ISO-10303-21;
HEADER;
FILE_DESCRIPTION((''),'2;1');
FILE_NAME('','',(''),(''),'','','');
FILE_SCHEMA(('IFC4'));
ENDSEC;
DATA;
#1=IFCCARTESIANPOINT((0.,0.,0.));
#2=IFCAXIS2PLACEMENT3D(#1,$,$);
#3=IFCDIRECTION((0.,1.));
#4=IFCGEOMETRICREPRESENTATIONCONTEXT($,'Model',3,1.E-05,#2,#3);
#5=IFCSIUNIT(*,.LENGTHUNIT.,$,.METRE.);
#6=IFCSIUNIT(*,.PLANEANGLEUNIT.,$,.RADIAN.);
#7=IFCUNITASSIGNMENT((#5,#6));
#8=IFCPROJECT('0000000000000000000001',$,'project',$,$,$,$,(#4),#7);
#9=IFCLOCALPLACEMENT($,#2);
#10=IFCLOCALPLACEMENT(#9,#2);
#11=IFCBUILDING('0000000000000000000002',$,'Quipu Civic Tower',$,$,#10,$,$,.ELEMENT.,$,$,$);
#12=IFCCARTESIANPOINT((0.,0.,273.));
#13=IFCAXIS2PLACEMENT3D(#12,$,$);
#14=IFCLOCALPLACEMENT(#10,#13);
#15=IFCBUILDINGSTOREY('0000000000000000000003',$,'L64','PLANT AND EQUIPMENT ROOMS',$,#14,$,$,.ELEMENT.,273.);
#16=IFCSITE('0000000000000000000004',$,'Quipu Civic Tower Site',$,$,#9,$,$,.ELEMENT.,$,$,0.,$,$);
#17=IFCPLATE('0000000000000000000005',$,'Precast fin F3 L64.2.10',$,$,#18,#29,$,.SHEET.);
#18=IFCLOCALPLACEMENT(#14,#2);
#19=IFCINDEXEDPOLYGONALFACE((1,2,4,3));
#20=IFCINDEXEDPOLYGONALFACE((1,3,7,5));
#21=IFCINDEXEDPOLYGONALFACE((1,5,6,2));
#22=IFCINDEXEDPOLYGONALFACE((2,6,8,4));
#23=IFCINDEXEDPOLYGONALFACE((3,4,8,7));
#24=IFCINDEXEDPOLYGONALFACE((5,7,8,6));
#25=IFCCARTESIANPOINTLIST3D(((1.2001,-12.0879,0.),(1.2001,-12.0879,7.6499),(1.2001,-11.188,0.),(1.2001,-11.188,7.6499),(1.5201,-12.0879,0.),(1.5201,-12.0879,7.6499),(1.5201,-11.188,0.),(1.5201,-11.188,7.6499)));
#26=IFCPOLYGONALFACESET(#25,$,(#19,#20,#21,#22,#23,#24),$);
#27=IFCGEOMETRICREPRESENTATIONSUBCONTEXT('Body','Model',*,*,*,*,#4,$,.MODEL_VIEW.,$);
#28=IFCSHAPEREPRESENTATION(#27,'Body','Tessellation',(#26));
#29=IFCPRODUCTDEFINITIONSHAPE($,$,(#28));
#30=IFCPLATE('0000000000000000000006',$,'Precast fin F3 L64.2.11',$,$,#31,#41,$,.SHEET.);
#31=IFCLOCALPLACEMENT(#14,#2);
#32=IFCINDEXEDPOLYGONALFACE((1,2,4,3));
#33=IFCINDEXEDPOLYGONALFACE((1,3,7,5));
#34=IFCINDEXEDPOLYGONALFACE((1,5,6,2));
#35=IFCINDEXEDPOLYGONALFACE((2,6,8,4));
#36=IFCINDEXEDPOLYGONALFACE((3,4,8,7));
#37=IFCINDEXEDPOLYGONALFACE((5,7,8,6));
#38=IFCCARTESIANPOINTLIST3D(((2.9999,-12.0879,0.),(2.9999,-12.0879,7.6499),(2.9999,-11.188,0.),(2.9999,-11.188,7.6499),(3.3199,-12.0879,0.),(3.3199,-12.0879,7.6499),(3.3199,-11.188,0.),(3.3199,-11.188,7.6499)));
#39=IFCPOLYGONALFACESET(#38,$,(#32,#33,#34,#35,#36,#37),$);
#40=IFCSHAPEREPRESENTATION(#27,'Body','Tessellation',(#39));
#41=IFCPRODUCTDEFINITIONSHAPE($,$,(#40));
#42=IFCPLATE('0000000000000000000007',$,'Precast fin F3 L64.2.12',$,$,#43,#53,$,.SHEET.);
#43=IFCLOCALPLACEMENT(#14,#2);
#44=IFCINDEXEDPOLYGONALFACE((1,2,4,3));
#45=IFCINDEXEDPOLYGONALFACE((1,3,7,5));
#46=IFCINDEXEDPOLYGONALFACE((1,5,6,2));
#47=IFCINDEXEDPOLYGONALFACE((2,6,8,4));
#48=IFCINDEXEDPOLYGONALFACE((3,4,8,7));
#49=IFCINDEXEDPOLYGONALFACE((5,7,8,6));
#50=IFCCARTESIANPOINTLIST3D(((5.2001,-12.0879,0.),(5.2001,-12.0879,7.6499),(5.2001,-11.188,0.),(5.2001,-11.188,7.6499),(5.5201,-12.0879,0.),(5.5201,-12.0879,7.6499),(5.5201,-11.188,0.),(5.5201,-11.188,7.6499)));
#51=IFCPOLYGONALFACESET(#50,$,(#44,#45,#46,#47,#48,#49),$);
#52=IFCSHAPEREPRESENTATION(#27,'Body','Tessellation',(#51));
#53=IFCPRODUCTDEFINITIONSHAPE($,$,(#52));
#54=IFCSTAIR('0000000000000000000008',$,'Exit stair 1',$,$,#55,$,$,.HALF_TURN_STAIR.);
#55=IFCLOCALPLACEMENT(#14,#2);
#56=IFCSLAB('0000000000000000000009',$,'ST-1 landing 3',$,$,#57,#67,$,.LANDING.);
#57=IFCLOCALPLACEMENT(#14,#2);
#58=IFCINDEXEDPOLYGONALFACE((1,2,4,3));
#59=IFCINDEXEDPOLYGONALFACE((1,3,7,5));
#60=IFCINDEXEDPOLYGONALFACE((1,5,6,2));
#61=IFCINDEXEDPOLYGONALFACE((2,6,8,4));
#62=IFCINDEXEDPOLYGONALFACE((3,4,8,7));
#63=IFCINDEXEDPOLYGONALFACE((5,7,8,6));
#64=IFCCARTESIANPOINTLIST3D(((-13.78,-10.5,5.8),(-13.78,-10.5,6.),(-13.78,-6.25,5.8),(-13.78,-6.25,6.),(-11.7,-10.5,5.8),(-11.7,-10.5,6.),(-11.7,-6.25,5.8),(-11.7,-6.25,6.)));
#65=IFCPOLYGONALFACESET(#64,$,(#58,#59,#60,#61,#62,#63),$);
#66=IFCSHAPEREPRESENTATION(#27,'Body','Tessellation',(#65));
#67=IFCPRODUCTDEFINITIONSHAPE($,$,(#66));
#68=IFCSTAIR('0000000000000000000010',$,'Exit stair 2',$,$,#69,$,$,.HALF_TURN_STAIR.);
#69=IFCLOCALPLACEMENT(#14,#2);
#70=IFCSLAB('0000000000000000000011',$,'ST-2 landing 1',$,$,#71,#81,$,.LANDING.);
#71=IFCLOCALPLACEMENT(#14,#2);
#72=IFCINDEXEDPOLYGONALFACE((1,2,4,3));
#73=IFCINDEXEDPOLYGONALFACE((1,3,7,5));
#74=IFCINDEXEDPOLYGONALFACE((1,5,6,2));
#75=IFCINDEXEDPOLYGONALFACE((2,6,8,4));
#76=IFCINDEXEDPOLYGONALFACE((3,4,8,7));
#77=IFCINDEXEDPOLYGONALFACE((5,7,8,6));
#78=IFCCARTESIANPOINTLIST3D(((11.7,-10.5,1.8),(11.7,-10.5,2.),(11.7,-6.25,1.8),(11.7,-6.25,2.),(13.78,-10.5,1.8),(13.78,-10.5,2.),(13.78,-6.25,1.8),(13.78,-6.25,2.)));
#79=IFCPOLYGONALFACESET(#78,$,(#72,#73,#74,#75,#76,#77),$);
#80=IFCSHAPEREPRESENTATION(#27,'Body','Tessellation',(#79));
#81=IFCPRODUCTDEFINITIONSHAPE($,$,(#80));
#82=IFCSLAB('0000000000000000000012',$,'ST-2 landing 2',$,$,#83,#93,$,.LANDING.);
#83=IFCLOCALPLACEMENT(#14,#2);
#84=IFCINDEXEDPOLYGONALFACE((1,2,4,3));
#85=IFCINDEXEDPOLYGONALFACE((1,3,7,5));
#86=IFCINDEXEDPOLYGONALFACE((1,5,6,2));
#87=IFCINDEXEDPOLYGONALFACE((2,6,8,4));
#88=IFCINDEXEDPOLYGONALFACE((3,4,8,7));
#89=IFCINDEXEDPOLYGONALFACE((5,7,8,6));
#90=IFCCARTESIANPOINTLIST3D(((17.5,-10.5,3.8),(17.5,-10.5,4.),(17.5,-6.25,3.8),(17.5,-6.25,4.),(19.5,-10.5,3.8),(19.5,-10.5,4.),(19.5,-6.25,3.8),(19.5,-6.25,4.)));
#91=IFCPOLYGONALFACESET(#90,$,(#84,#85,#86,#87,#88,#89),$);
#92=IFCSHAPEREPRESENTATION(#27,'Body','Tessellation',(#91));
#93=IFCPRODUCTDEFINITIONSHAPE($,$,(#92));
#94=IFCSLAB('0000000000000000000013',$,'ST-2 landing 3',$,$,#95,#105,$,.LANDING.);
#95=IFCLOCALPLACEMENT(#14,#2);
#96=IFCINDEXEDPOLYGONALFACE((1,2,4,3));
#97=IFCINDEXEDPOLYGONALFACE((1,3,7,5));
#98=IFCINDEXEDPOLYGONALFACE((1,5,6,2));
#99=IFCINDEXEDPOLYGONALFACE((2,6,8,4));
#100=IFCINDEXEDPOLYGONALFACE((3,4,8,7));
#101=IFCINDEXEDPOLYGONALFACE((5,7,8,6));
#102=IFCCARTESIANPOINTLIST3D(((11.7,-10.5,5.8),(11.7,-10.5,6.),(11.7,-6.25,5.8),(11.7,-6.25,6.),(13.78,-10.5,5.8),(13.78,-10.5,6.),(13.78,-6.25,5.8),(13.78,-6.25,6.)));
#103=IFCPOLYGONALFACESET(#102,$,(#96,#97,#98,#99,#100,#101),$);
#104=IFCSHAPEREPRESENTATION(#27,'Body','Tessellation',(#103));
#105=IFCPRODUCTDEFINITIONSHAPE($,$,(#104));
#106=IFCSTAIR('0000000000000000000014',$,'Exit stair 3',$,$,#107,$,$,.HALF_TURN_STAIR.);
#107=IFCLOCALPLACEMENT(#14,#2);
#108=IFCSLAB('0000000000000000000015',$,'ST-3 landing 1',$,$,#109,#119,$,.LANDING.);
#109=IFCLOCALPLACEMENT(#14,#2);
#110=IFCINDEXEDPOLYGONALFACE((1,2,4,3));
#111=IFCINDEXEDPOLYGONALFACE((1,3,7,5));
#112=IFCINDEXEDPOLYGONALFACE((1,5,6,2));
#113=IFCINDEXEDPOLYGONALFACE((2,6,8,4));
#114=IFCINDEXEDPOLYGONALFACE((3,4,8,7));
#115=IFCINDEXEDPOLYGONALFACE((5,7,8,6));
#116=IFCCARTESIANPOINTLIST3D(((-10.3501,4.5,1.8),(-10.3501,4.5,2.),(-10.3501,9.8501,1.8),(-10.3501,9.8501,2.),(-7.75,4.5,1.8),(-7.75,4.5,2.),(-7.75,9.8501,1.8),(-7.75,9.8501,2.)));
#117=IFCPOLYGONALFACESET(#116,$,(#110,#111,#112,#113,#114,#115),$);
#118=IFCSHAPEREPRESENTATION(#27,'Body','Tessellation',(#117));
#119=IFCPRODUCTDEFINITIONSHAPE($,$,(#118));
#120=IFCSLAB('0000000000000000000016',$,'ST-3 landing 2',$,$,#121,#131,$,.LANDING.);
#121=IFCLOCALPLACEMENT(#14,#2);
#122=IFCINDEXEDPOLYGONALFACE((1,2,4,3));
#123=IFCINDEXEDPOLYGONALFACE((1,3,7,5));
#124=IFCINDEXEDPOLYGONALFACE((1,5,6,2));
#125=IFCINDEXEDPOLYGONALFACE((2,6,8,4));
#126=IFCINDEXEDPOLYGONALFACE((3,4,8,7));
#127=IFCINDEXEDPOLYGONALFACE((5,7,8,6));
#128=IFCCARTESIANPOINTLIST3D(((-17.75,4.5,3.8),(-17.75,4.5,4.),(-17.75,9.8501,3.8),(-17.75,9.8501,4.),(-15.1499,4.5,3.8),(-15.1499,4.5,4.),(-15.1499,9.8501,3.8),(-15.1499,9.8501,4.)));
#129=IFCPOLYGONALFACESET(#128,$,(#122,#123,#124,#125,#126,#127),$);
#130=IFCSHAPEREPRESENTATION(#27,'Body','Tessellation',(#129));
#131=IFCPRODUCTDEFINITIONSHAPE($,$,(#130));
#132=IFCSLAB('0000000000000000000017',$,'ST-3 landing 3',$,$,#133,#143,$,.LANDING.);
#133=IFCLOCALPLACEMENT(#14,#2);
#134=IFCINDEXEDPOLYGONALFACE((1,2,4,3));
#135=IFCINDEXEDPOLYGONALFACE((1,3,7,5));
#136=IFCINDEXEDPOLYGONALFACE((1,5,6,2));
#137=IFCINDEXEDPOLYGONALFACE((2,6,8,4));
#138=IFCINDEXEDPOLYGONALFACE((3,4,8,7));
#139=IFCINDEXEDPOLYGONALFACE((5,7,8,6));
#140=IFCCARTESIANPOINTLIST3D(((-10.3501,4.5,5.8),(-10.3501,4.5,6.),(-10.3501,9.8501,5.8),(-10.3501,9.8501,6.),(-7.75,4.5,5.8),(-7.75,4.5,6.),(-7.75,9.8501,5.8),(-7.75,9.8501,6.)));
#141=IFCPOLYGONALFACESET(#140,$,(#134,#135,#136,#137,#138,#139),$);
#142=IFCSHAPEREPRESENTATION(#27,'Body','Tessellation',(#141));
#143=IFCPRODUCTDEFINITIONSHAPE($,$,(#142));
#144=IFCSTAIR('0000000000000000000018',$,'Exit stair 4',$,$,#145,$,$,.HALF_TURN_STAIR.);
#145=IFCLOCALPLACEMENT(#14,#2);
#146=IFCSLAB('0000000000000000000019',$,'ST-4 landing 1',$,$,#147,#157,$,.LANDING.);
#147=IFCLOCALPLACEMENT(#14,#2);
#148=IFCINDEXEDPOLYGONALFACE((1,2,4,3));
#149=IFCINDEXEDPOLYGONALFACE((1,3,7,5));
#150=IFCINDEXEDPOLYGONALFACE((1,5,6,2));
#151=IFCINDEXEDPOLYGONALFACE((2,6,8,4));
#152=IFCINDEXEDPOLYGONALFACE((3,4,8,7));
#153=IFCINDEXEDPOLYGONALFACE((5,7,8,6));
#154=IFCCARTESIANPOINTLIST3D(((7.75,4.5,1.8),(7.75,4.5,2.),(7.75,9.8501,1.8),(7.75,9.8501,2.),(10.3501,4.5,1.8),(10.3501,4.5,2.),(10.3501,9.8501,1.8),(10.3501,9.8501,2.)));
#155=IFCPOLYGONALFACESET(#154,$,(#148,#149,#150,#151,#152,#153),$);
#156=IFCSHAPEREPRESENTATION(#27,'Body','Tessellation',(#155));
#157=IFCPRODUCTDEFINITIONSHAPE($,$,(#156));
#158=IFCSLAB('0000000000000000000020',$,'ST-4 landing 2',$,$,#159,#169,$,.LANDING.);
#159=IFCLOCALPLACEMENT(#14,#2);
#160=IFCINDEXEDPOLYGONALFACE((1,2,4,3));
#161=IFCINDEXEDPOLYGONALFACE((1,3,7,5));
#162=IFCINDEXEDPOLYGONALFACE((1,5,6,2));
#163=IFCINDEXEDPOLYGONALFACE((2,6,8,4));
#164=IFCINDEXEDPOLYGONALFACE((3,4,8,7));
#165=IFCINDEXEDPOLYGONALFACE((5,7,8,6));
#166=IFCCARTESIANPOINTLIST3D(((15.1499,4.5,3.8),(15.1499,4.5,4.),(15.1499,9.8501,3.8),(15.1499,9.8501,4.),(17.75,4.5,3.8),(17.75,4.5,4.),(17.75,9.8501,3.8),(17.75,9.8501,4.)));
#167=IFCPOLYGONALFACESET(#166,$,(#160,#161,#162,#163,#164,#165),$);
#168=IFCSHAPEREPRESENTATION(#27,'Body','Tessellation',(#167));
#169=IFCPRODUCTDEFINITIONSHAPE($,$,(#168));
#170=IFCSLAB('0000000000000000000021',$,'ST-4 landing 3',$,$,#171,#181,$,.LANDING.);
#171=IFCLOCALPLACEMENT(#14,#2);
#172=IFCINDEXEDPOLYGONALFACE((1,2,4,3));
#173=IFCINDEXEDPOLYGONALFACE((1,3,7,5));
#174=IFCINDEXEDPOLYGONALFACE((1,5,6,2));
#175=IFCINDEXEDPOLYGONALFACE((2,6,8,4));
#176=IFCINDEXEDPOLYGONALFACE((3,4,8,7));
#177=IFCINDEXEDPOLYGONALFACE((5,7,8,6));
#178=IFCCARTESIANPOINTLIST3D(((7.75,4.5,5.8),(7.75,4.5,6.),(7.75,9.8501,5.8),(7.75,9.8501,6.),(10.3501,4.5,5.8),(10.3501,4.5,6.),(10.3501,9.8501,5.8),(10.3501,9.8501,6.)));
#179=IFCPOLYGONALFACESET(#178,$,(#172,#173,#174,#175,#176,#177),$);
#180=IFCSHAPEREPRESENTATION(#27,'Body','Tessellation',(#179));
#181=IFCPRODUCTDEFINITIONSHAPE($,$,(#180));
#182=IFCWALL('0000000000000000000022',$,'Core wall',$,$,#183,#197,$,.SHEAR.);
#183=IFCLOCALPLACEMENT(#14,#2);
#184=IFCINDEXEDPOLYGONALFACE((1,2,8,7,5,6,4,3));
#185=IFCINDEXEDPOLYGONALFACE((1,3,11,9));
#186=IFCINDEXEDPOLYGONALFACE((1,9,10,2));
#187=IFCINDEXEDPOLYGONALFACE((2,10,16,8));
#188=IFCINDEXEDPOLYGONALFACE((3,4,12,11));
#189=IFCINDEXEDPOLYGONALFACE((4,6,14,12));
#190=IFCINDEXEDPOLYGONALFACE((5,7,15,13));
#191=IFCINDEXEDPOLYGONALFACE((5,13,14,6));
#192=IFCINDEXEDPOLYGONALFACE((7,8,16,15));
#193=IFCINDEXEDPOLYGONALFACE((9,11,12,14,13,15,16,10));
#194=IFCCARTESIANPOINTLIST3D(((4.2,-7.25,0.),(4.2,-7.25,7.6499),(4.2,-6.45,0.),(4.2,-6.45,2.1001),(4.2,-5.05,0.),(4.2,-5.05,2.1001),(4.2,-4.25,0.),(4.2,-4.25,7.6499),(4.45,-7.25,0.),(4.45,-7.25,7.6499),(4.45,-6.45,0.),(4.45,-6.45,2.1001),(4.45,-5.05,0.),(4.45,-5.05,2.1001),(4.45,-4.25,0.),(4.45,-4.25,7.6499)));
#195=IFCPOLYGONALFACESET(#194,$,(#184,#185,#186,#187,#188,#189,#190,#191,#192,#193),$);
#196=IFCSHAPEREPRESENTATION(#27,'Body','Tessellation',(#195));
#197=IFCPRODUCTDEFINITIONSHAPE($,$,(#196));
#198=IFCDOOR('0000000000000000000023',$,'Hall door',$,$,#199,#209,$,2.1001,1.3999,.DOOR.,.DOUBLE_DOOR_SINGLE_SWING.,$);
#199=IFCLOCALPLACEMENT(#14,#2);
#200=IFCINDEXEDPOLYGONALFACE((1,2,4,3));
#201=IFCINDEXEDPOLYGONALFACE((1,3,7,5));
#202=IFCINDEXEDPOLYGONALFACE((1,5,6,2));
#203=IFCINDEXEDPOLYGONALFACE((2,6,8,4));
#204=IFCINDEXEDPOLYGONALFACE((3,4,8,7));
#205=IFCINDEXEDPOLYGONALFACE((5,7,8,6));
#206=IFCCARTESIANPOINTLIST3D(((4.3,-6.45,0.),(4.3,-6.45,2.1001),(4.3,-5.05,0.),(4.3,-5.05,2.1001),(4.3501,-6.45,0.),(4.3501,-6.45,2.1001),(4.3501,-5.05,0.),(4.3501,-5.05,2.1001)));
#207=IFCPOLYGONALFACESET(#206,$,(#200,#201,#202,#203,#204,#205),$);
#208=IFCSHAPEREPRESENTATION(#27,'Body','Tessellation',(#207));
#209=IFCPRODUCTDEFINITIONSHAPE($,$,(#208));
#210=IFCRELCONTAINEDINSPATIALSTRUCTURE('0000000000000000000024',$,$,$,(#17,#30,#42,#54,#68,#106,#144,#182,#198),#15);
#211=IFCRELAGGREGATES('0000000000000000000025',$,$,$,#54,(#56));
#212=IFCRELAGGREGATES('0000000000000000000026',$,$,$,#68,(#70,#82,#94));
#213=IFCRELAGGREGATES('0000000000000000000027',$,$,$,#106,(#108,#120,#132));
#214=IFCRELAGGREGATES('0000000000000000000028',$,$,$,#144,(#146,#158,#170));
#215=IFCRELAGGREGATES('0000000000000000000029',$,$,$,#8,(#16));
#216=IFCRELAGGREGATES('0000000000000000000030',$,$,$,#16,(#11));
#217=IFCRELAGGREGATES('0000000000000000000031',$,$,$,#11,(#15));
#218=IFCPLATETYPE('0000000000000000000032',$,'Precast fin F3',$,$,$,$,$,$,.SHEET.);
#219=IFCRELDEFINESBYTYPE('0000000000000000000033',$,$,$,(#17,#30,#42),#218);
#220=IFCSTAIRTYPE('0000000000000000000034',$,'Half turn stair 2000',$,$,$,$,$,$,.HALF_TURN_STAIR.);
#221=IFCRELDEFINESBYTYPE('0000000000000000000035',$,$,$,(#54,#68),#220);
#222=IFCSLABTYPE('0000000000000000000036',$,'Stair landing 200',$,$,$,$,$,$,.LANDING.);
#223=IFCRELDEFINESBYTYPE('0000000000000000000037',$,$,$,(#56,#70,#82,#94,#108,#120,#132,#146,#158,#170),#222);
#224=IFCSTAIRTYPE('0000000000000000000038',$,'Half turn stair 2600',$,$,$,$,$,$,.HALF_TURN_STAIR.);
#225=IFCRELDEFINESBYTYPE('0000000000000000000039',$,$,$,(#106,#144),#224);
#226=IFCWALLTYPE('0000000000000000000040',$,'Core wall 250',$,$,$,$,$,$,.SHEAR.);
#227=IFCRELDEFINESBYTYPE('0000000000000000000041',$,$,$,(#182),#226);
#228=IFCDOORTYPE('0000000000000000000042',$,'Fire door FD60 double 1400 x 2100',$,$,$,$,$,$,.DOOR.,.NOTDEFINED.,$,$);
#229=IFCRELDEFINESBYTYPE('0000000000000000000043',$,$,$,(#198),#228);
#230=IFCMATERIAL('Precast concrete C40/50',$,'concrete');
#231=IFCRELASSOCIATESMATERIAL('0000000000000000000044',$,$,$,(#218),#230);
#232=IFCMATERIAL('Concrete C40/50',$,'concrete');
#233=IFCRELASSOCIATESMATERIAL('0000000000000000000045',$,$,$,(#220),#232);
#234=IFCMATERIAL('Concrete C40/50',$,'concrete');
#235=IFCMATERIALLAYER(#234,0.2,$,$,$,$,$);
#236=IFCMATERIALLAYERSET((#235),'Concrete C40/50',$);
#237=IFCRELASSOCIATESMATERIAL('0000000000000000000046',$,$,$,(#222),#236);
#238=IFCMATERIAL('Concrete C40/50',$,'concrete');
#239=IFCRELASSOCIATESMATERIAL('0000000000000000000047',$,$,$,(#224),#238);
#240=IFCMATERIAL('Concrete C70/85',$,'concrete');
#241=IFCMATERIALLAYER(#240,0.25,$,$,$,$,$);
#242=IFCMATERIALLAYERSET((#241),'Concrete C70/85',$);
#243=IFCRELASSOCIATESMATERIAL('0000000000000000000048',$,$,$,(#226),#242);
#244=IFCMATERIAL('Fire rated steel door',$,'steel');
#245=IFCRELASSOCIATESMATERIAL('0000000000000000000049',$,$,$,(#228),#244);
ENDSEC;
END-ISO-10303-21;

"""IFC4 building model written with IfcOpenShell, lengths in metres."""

from ifc_helpers import new_model, si_unit, direction, frame, frame_2d, origin, origin_2d, place, context, subcontext, project, spatial, polyline, rectangle, outline, extrude, material, layer, layer_set, type_object, element, fill, aggregate, save


model = new_model("IFC4")

# Units and contexts
model_context = context("Model", 3, precision=1e-05, world=origin(), true_north=direction((0.0, 1.0)))
body_context = subcontext(model_context, "Body", "Model", "MODEL_VIEW")
ifc_project = project(units=[si_unit("LENGTHUNIT", "METRE"), si_unit("PLANEANGLEUNIT", "RADIAN")], contexts=[model_context])

# Site, building, storey
site_placement = place(None, origin())
site = spatial("IfcSite", under=ifc_project, at=site_placement, Name="Quipu Civic Tower Site", CompositionType="ELEMENT", RefElevation=0.0)
building_placement = place(site_placement, origin())
building = spatial("IfcBuilding", under=site, at=building_placement, Name="Quipu Civic Tower", CompositionType="ELEMENT")
storey_placement = place(building_placement, frame((0.0, 0.0, 273.0)))
storey = spatial("IfcBuildingStorey", under=building, at=storey_placement, Name="L64", Description="PLANT AND EQUIPMENT ROOMS", CompositionType="ELEMENT", Elevation=273.0)

# Plates
ifc_material_1 = material(Name="Precast concrete C40/50", Category="concrete")
plate_type = type_object("IfcPlateType", Name="Precast fin F3", PredefinedType="SHEET", material=ifc_material_1)
for number, where, z_axis, x_axis, name in (
    (1, (1.3601, -11.6379, 0.0), (0.0, 0.0, 1.0), (1.0, 0.0, 0.0), "Precast fin F3 L64.2.10"),
    (2, (3.1599, -11.6379, 0.0), (0.0, 0.0, 1.0), (1.0, 0.0, 0.0), "Precast fin F3 L64.2.11"),
    (3, (5.3601, -11.6379, 0.0), (0.0, 0.0, 1.0), (1.0, 0.0, 0.0), "Precast fin F3 L64.2.12"),
):
    element("IfcPlate", number, at=place(storey_placement, frame(where, z_axis=z_axis, x_axis=x_axis)), inside=storey, type_object=plate_type, Name=name, PredefinedType="SHEET", context=body_context, shape_type="SweptSolid", body=[
        extrude(rectangle(XDim=0.3201, YDim=0.8999, at=origin_2d()), origin(), (0.0, 0.0, 1.0), 7.6499),
    ])

# Stair, slab
ifc_material_2 = material(Name="Concrete C40/50", Category="concrete")
stair_type_1 = type_object("IfcStairType", Name="Half turn stair 2000", PredefinedType="HALF_TURN_STAIR", material=ifc_material_2)
stair_1_placement = place(storey_placement, origin())
stair_1 = element("IfcStair", 4, at=stair_1_placement, inside=storey, type_object=stair_type_1, Name="Exit stair 1", PredefinedType="HALF_TURN_STAIR")
ifc_material_3 = material(Name="Concrete C40/50", Category="concrete")
ifc_layer_1 = layer(ifc_material_3, 0.2)
ifc_layer_set_1 = layer_set([ifc_layer_1], Name="Concrete C40/50")
slab_type = type_object("IfcSlabType", Name="Stair landing 200", PredefinedType="LANDING", material=ifc_layer_set_1)
slab_1_placement = place(storey_placement, frame((0.0, 0.0, 5.8)))
slab_1 = element("IfcSlab", 5, at=slab_1_placement, type_object=slab_type, Name="ST-1 landing 3", PredefinedType="LANDING", context=body_context, shape_type="SweptSolid", body=[
    extrude(outline(polyline([(-13.78, -10.5), (-11.7, -10.5), (-11.7, -6.25), (-13.78, -6.25), (-13.78, -10.5)])), origin(), (0.0, 0.0, 1.0), 0.2),
])
aggregate(stair_1, [slab_1])

# Stairs, slabs
stair_2_placement = place(storey_placement, origin())
stair_2 = element("IfcStair", 6, at=stair_2_placement, inside=storey, type_object=stair_type_1, Name="Exit stair 2", PredefinedType="HALF_TURN_STAIR")
slab_2_placement = place(storey_placement, frame((0.0, 0.0, 1.8)))
slab_2 = element("IfcSlab", 7, at=slab_2_placement, type_object=slab_type, Name="ST-2 landing 1", PredefinedType="LANDING", context=body_context, shape_type="SweptSolid", body=[
    extrude(outline(polyline([(13.78, -6.25), (11.7, -6.25), (11.7, -10.5), (13.78, -10.5), (13.78, -6.25)])), origin(), (0.0, 0.0, 1.0), 0.2),
])
slab_3_placement = place(storey_placement, frame((0.0, 0.0, 3.8)))
slab_3 = element("IfcSlab", 8, at=slab_3_placement, type_object=slab_type, Name="ST-2 landing 2", PredefinedType="LANDING", context=body_context, shape_type="SweptSolid", body=[
    extrude(outline(polyline([(19.5, -6.25), (17.5, -6.25), (17.5, -10.5), (19.5, -10.5), (19.5, -6.25)])), origin(), (0.0, 0.0, 1.0), 0.2),
])
slab_4_placement = place(storey_placement, frame((0.0, 0.0, 5.8)))
slab_4 = element("IfcSlab", 9, at=slab_4_placement, type_object=slab_type, Name="ST-2 landing 3", PredefinedType="LANDING", context=body_context, shape_type="SweptSolid", body=[
    extrude(outline(polyline([(13.78, -6.25), (11.7, -6.25), (11.7, -10.5), (13.78, -10.5), (13.78, -6.25)])), origin(), (0.0, 0.0, 1.0), 0.2),
])
aggregate(stair_2, [slab_2, slab_3, slab_4])
ifc_material_4 = material(Name="Concrete C40/50", Category="concrete")
stair_type_2 = type_object("IfcStairType", Name="Half turn stair 2600", PredefinedType="HALF_TURN_STAIR", material=ifc_material_4)
stair_3_placement = place(storey_placement, origin())
stair_3 = element("IfcStair", 10, at=stair_3_placement, inside=storey, type_object=stair_type_2, Name="Exit stair 3", PredefinedType="HALF_TURN_STAIR")
slab_5_placement = place(storey_placement, frame((0.0, 0.0, 1.8)))
slab_5 = element("IfcSlab", 11, at=slab_5_placement, type_object=slab_type, Name="ST-3 landing 1", PredefinedType="LANDING", context=body_context, shape_type="SweptSolid", body=[
    extrude(outline(polyline([(-10.3501, 4.5), (-7.75, 4.5), (-7.75, 9.8501), (-10.3501, 9.8501), (-10.3501, 4.5)])), origin(), (0.0, 0.0, 1.0), 0.2),
])
slab_6_placement = place(storey_placement, frame((0.0, 0.0, 3.8)))
slab_6 = element("IfcSlab", 12, at=slab_6_placement, type_object=slab_type, Name="ST-3 landing 2", PredefinedType="LANDING", context=body_context, shape_type="SweptSolid", body=[
    extrude(outline(polyline([(-17.75, 4.5), (-15.1499, 4.5), (-15.1499, 9.8501), (-17.75, 9.8501), (-17.75, 4.5)])), origin(), (0.0, 0.0, 1.0), 0.2),
])
slab_7_placement = place(storey_placement, frame((0.0, 0.0, 5.8)))
slab_7 = element("IfcSlab", 13, at=slab_7_placement, type_object=slab_type, Name="ST-3 landing 3", PredefinedType="LANDING", context=body_context, shape_type="SweptSolid", body=[
    extrude(outline(polyline([(-10.3501, 4.5), (-7.75, 4.5), (-7.75, 9.8501), (-10.3501, 9.8501), (-10.3501, 4.5)])), origin(), (0.0, 0.0, 1.0), 0.2),
])
aggregate(stair_3, [slab_5, slab_6, slab_7])
stair_4_placement = place(storey_placement, origin())
stair_4 = element("IfcStair", 14, at=stair_4_placement, inside=storey, type_object=stair_type_2, Name="Exit stair 4", PredefinedType="HALF_TURN_STAIR")
slab_8_placement = place(storey_placement, frame((0.0, 0.0, 1.8)))
slab_8 = element("IfcSlab", 15, at=slab_8_placement, type_object=slab_type, Name="ST-4 landing 1", PredefinedType="LANDING", context=body_context, shape_type="SweptSolid", body=[
    extrude(outline(polyline([(10.3501, 9.8501), (7.75, 9.8501), (7.75, 4.5), (10.3501, 4.5), (10.3501, 9.8501)])), origin(), (0.0, 0.0, 1.0), 0.2),
])
slab_9_placement = place(storey_placement, frame((0.0, 0.0, 3.8)))
slab_9 = element("IfcSlab", 16, at=slab_9_placement, type_object=slab_type, Name="ST-4 landing 2", PredefinedType="LANDING", context=body_context, shape_type="SweptSolid", body=[
    extrude(outline(polyline([(17.75, 9.8501), (15.1499, 9.8501), (15.1499, 4.5), (17.75, 4.5), (17.75, 9.8501)])), origin(), (0.0, 0.0, 1.0), 0.2),
])
slab_10_placement = place(storey_placement, frame((0.0, 0.0, 5.8)))
slab_10 = element("IfcSlab", 17, at=slab_10_placement, type_object=slab_type, Name="ST-4 landing 3", PredefinedType="LANDING", context=body_context, shape_type="SweptSolid", body=[
    extrude(outline(polyline([(10.3501, 9.8501), (7.75, 9.8501), (7.75, 4.5), (10.3501, 4.5), (10.3501, 9.8501)])), origin(), (0.0, 0.0, 1.0), 0.2),
])
aggregate(stair_4, [slab_8, slab_9, slab_10])

# Wall, opening, door
ifc_material_5 = material(Name="Concrete C70/85", Category="concrete")
ifc_layer_2 = layer(ifc_material_5, 0.25)
ifc_layer_set_2 = layer_set([ifc_layer_2], Name="Concrete C70/85")
wall_type_1 = type_object("IfcWallType", Name="Core wall 250", PredefinedType="SHEAR", material=ifc_layer_set_2)
wall_1_placement = place(storey_placement, frame((4.325, -7.25, 0.0), z_axis=(0.0, 0.0, 1.0), x_axis=(0.0, 1.0, 0.0)))
wall_1 = element("IfcWall", 18, at=wall_1_placement, inside=storey, type_object=wall_type_1, Name="Core wall", PredefinedType="SHEAR", context=body_context, shape_type="SweptSolid", body=[
    extrude(rectangle(XDim=3.0, YDim=0.25, at=frame_2d((1.5, 0.0))), origin(), (0.0, 0.0, 1.0), 7.6499),
])
opening_1_placement = place(wall_1_placement, frame((0.8, 0.0, 0.0)))
opening_1 = element("IfcOpeningElement", 19, at=opening_1_placement, cuts=wall_1, PredefinedType="OPENING", context=body_context, shape_type="SweptSolid", body=[
    extrude(rectangle(XDim=1.3999, YDim=2.1001, at=frame_2d((0.7, 1.05))), frame((0.0, 0.135, 0.0), z_axis=(0.0, -1.0, 0.0), x_axis=(1.0, 0.0, 0.0)), (0.0, 0.0, 1.0), 0.27),
])
ifc_material_6 = material(Name="Fire rated steel door", Category="steel")
door_type_1 = type_object("IfcDoorType", Name="Fire door FD60 double 1400 x 2100", OperationType="NOTDEFINED", PredefinedType="DOOR", material=ifc_material_6)
door_1_placement = place(opening_1_placement, origin())
door_1 = element("IfcDoor", 20, at=door_1_placement, inside=storey, type_object=door_type_1, Name="Hall door", OperationType="DOUBLE_DOOR_SINGLE_SWING", OverallHeight=2.1001, OverallWidth=1.3999, PredefinedType="DOOR", context=body_context, shape_type="SweptSolid", body=[
    extrude(rectangle(XDim=1.3999, YDim=2.1001, at=frame_2d((0.7, 1.05))), frame((0.0, 0.0249, 0.0), z_axis=(0.0, -1.0, 0.0), x_axis=(1.0, 0.0, 0.0)), (0.0, 0.0, 1.0), 0.05),
])
fill(opening_1, door_1)

save(model, "model.ifc")
